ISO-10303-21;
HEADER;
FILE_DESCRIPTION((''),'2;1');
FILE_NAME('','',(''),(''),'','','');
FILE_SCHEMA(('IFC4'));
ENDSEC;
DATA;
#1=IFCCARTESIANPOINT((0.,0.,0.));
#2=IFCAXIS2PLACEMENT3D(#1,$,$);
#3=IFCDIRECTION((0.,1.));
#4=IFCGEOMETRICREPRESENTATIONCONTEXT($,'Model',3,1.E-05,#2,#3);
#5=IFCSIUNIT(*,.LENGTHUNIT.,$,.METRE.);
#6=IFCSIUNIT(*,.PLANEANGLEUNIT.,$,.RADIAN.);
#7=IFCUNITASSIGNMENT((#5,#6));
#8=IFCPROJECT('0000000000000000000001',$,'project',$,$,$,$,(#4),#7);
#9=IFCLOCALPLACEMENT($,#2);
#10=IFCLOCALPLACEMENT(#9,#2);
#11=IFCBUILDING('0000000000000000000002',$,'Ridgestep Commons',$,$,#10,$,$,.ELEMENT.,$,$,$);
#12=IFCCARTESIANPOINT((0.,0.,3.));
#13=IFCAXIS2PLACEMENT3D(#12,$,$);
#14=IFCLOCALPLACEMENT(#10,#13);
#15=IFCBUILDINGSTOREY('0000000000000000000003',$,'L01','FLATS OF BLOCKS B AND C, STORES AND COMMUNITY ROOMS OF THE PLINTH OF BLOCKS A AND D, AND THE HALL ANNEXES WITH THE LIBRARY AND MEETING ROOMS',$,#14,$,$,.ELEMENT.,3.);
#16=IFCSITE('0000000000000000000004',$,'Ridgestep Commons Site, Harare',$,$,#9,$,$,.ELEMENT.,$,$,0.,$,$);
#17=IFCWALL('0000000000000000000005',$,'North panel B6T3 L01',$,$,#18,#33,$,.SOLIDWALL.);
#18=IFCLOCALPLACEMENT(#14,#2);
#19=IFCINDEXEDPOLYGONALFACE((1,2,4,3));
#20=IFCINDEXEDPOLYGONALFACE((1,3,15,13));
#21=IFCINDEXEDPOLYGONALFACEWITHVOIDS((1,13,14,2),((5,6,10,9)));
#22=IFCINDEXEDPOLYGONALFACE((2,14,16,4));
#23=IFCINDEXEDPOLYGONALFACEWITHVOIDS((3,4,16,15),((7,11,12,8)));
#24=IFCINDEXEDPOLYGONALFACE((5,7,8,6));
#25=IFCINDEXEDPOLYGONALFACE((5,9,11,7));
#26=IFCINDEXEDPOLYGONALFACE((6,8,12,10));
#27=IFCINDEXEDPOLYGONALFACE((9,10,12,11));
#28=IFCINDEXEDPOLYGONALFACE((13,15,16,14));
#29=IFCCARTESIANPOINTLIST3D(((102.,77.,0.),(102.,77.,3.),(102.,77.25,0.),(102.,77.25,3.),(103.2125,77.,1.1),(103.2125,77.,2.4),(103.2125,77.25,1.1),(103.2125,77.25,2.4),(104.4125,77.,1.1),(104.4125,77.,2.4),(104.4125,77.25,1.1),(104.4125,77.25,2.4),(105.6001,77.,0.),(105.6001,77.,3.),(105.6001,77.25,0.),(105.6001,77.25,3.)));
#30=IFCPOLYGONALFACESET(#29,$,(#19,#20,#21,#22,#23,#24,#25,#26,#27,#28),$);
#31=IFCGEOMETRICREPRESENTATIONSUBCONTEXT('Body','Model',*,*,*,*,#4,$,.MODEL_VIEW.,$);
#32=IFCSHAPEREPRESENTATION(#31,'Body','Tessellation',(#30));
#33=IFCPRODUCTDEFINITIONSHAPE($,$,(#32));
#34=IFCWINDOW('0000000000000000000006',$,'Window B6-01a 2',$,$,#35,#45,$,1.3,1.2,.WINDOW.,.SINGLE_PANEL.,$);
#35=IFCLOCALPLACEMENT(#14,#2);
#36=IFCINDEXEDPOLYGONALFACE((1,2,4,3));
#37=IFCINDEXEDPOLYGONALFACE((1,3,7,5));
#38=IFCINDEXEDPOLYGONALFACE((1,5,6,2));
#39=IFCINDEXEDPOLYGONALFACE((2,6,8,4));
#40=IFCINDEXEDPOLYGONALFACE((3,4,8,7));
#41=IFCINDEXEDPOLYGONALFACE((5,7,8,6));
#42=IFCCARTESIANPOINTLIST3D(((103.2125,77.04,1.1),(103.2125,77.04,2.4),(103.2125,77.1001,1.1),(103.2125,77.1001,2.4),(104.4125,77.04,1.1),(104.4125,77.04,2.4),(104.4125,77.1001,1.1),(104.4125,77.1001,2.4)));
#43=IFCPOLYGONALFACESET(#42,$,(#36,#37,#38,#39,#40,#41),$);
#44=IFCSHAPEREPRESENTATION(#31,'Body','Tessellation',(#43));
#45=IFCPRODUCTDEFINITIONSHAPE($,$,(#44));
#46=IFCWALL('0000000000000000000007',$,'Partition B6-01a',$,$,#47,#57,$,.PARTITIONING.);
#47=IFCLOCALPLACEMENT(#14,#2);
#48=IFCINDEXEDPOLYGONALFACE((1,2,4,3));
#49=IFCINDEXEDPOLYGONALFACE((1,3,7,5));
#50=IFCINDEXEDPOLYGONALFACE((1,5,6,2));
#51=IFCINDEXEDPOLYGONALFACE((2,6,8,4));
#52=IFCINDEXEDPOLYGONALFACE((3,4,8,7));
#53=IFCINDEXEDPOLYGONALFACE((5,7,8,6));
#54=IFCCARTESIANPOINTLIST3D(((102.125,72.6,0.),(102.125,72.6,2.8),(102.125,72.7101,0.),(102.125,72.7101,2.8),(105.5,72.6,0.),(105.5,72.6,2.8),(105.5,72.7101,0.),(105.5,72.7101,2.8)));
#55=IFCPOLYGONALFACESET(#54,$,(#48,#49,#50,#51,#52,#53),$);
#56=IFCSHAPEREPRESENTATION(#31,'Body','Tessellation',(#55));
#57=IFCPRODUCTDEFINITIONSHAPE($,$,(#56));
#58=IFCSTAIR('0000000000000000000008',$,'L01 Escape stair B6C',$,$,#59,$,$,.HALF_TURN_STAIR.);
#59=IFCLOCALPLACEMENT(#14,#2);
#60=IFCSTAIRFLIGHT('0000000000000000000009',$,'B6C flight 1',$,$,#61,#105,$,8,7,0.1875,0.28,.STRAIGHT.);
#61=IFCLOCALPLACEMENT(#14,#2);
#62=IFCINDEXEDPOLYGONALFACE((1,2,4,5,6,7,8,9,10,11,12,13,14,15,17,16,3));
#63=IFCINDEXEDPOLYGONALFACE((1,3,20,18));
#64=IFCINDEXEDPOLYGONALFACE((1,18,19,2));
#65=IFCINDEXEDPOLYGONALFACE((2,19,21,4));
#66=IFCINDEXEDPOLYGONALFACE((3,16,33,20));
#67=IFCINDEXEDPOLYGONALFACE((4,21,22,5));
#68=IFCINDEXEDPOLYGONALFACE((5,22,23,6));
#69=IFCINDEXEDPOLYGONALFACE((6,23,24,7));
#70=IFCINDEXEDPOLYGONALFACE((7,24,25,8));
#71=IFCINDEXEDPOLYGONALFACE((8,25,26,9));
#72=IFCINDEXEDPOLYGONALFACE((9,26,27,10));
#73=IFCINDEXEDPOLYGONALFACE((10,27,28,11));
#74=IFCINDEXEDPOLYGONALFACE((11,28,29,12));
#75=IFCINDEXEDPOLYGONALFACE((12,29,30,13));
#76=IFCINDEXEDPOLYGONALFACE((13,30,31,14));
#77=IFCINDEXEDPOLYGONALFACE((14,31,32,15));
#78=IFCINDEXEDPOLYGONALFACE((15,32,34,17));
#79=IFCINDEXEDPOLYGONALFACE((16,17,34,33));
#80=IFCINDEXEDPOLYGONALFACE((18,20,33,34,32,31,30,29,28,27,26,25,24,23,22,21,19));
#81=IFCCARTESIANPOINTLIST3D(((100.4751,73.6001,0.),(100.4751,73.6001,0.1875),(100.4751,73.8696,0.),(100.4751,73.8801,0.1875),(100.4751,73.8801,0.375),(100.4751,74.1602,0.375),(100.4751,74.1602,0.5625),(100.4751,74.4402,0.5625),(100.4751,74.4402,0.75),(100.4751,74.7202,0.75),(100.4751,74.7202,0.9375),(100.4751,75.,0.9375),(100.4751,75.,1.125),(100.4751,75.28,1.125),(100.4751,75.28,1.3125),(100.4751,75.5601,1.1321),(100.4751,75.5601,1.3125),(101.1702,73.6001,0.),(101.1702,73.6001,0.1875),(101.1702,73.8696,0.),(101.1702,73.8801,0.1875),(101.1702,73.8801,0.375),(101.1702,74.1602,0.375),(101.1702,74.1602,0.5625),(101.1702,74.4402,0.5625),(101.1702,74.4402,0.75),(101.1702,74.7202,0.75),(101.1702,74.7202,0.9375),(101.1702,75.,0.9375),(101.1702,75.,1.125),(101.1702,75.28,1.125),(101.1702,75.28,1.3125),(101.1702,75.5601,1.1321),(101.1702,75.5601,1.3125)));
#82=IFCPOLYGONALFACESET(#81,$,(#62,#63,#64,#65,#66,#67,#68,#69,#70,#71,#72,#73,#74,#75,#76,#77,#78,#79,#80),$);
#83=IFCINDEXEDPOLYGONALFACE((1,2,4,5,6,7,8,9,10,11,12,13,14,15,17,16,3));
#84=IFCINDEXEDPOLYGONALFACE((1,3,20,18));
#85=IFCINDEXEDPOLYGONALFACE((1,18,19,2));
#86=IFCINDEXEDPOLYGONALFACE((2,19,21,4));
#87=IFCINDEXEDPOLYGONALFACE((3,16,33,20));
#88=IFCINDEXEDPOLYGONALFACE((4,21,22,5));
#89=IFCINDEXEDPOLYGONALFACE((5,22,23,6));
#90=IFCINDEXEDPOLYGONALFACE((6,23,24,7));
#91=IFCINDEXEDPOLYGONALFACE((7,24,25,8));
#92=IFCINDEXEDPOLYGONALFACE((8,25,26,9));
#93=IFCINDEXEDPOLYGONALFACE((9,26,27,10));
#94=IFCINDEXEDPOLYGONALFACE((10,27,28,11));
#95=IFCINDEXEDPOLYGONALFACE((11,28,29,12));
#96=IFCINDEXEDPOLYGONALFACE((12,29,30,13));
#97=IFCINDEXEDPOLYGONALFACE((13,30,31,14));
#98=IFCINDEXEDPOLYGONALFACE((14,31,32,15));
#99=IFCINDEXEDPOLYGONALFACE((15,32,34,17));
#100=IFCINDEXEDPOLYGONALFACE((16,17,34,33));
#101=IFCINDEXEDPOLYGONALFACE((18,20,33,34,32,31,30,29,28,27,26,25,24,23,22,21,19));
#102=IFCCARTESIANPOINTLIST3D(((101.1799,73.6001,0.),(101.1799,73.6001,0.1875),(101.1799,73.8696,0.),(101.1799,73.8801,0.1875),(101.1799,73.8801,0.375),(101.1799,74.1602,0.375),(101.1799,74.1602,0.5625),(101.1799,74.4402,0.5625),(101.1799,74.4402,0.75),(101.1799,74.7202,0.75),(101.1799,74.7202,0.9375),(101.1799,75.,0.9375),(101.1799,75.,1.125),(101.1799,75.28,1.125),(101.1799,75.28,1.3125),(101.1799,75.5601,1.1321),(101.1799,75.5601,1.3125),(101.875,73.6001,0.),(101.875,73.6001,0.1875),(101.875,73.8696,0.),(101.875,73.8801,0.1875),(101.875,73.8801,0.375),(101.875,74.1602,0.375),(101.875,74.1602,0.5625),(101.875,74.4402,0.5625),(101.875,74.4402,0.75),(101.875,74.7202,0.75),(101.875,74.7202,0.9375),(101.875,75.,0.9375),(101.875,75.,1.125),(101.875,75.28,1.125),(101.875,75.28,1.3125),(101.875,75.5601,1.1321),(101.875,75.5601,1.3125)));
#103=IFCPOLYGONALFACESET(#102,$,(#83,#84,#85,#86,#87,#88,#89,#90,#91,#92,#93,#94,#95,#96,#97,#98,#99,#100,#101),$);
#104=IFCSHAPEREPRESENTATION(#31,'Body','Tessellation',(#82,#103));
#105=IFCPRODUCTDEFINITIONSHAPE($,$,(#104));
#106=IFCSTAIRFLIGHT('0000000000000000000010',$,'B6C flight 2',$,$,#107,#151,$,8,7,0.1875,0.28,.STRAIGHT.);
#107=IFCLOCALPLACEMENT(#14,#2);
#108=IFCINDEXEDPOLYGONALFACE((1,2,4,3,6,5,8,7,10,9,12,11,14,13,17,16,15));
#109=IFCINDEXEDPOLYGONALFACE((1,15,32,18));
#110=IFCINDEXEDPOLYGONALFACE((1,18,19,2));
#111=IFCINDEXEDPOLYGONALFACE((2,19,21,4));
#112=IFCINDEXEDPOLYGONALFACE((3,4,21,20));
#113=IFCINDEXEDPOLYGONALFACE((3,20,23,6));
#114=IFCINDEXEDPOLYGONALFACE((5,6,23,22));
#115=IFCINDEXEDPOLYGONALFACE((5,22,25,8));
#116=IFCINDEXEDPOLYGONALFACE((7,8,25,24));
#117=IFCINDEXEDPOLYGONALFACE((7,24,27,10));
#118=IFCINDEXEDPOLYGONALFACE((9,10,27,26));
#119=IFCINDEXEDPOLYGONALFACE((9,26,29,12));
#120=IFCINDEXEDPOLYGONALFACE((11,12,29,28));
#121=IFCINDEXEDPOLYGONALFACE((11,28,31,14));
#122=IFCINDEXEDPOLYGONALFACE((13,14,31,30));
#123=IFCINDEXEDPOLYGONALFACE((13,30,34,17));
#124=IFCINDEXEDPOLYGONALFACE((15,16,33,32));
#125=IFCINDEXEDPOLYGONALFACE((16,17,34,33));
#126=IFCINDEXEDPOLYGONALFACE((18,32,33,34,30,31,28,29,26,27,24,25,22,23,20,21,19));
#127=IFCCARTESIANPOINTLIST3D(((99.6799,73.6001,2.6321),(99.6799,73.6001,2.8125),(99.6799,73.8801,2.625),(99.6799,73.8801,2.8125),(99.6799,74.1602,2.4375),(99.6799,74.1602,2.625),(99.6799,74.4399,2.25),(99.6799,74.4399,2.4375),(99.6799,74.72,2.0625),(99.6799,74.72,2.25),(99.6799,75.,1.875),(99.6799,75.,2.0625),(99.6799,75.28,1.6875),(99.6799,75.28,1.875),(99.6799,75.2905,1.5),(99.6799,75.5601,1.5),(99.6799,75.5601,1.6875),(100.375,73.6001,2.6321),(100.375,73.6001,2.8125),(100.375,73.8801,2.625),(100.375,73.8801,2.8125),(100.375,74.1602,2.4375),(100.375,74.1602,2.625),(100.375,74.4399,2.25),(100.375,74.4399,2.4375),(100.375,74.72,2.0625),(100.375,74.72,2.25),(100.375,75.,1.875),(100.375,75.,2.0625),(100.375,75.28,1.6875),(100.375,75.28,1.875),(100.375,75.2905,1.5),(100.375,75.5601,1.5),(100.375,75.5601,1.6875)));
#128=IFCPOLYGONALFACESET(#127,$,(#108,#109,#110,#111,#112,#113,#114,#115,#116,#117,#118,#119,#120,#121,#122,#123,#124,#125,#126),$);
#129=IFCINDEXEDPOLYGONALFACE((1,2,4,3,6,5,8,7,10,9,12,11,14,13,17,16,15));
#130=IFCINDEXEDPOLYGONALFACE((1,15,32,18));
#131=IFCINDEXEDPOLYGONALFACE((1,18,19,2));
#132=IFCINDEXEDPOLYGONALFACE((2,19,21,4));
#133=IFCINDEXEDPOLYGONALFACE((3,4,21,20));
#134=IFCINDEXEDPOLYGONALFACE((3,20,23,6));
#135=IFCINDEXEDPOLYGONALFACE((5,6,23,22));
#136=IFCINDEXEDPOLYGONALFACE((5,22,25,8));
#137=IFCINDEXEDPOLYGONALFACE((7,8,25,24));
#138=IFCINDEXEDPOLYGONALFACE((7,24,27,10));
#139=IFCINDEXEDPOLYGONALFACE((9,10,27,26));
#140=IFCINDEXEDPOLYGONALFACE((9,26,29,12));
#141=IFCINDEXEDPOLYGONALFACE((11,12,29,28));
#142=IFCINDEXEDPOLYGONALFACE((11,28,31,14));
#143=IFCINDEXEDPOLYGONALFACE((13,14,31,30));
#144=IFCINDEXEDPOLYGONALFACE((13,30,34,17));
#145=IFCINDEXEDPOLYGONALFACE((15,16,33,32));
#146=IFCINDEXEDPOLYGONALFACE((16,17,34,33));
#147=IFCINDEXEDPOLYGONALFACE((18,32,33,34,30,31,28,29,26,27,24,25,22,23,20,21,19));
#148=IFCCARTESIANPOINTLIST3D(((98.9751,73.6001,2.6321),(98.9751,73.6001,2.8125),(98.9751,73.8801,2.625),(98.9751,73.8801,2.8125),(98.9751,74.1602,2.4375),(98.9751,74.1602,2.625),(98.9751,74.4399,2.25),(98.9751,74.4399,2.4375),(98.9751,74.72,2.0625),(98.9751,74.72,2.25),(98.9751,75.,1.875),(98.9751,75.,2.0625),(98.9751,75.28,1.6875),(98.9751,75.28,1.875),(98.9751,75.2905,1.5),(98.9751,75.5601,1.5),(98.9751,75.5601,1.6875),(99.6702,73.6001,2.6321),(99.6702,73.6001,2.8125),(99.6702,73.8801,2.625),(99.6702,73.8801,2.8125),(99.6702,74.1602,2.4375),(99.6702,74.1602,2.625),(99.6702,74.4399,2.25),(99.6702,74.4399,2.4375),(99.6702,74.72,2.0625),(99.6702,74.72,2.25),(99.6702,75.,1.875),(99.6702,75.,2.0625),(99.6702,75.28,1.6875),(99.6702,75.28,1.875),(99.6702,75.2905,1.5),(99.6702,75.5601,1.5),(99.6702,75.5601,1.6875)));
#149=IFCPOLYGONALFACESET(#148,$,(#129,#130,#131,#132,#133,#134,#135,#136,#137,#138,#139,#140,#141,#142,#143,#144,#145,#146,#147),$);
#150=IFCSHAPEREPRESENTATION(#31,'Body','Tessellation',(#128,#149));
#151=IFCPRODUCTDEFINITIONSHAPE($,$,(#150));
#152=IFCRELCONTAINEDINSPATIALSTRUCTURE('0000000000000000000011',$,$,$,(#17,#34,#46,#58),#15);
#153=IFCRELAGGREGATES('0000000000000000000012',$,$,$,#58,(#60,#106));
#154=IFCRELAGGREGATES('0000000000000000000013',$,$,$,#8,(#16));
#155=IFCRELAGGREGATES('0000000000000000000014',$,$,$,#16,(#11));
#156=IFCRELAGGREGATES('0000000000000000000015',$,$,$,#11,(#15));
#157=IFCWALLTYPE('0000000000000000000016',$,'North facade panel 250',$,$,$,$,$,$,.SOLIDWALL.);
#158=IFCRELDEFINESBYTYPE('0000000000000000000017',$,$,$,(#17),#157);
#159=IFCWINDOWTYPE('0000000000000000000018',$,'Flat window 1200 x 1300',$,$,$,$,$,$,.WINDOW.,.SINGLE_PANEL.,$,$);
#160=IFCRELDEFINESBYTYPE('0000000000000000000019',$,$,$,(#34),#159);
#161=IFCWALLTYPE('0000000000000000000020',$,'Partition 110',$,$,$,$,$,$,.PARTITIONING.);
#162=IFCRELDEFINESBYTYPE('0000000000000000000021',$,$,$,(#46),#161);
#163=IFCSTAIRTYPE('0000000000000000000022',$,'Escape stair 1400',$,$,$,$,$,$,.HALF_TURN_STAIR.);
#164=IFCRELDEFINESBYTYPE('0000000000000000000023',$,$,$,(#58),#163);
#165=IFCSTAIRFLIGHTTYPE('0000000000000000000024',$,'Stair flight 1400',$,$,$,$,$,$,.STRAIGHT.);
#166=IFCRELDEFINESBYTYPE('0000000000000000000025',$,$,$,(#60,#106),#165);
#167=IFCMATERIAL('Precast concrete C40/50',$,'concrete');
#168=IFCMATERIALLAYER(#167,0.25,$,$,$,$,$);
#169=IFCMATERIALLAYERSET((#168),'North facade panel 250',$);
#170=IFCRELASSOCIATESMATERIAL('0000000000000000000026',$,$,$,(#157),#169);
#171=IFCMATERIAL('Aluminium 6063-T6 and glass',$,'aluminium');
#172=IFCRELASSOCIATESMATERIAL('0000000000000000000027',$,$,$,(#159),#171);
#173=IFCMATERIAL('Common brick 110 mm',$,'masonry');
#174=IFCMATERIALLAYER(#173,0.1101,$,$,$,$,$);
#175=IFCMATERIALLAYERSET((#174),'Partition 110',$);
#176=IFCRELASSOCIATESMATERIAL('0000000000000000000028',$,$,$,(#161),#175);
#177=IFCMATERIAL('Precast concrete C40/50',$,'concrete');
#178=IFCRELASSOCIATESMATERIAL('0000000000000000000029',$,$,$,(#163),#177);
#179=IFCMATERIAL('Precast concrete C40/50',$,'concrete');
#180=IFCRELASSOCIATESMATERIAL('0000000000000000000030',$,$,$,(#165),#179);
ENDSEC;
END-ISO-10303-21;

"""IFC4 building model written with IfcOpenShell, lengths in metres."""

from ifc_helpers import new_model, si_unit, direction, frame, frame_2d, origin, place, context, subcontext, project, spatial, polyline, rectangle, outline, extrude, material, layer, layer_set, type_object, element, fill, aggregate, save


model = new_model("IFC4")

# Units and contexts
model_context = context("Model", 3, precision=1e-05, world=origin(), true_north=direction((0.0, 1.0)))
body_context = subcontext(model_context, "Body", "Model", "MODEL_VIEW")
ifc_project = project(units=[si_unit("LENGTHUNIT", "METRE"), si_unit("PLANEANGLEUNIT", "RADIAN")], contexts=[model_context])

# Site, building, storey
site_placement = place(None, origin())
site = spatial("IfcSite", under=ifc_project, at=site_placement, Name="Ridgestep Commons Site, Harare", CompositionType="ELEMENT", RefElevation=0.0)
building_placement = place(site_placement, origin())
building = spatial("IfcBuilding", under=site, at=building_placement, Name="Ridgestep Commons", CompositionType="ELEMENT")
storey_placement = place(building_placement, frame((0.0, 0.0, 3.0)))
storey = spatial("IfcBuildingStorey", under=building, at=storey_placement, Name="L01", Description="FLATS OF BLOCKS B AND C, STORES AND COMMUNITY ROOMS OF THE PLINTH OF BLOCKS A AND D, AND THE HALL ANNEXES WITH THE LIBRARY AND MEETING ROOMS", CompositionType="ELEMENT", Elevation=3.0)

# Wall, opening, window
ifc_material_1 = material(Name="Precast concrete C40/50", Category="concrete")
ifc_layer_1 = layer(ifc_material_1, 0.25)
ifc_layer_set_1 = layer_set([ifc_layer_1], Name="North facade panel 250")
wall_type_1 = type_object("IfcWallType", Name="North facade panel 250", PredefinedType="SOLIDWALL", material=ifc_layer_set_1)
wall_1_placement = place(storey_placement, frame((102.0, 77.125, 0.0), z_axis=(0.0, 0.0, 1.0), x_axis=(1.0, 0.0, 0.0)))
wall_1 = element("IfcWall", 1, at=wall_1_placement, inside=storey, type_object=wall_type_1, Name="North panel B6T3 L01", PredefinedType="SOLIDWALL", context=body_context, shape_type="SweptSolid", body=[
    extrude(rectangle(XDim=3.6001, YDim=0.25, at=frame_2d((1.8, 0.0))), origin(), (0.0, 0.0, 1.0), 3.0),
])
opening_placement = place(wall_1_placement, frame((1.2124, 0.0, 1.1001)))
opening = element("IfcOpeningElement", 2, at=opening_placement, cuts=wall_1, PredefinedType="OPENING", context=body_context, shape_type="SweptSolid", body=[
    extrude(rectangle(XDim=1.2, YDim=1.3, at=frame_2d((0.6001, 0.6499))), frame((0.0, 0.135, 0.0), z_axis=(0.0, -1.0, 0.0), x_axis=(1.0, 0.0, 0.0)), (0.0, 0.0, 1.0), 0.27),
])
ifc_material_2 = material(Name="Aluminium 6063-T6 and glass", Category="aluminium")
window_type = type_object("IfcWindowType", Name="Flat window 1200 x 1300", PartitioningType="SINGLE_PANEL", PredefinedType="WINDOW", material=ifc_material_2)
window_placement = place(opening_placement, origin())
window = element("IfcWindow", 3, at=window_placement, inside=storey, type_object=window_type, Name="Window B6-01a 2", OverallHeight=1.3, OverallWidth=1.2, PartitioningType="SINGLE_PANEL", PredefinedType="WINDOW", context=body_context, shape_type="SweptSolid", body=[
    extrude(rectangle(XDim=1.2, YDim=1.3, at=frame_2d((0.6001, 0.6499))), frame((0.0, -0.0249, 0.0), z_axis=(0.0, -1.0, 0.0), x_axis=(1.0, 0.0, 0.0)), (0.0, 0.0, 1.0), 0.0601),
])
fill(opening, window)

# Wall
ifc_material_3 = material(Name="Common brick 110 mm", Category="masonry")
ifc_layer_2 = layer(ifc_material_3, 0.1101)
ifc_layer_set_2 = layer_set([ifc_layer_2], Name="Partition 110")
wall_type_2 = type_object("IfcWallType", Name="Partition 110", PredefinedType="PARTITIONING", material=ifc_layer_set_2)
wall_2_placement = place(storey_placement, frame((102.125, 72.655, 0.0), z_axis=(0.0, 0.0, 1.0), x_axis=(1.0, 0.0, 0.0)))
element("IfcWall", 4, at=wall_2_placement, inside=storey, type_object=wall_type_2, Name="Partition B6-01a", PredefinedType="PARTITIONING", context=body_context, shape_type="SweptSolid", body=[
    extrude(rectangle(XDim=3.375, YDim=0.1101, at=frame_2d((1.6875, 0.0))), origin(), (0.0, 0.0, 1.0), 2.8),
])

# Stair, stair flights
ifc_material_4 = material(Name="Precast concrete C40/50", Category="concrete")
stair_type = type_object("IfcStairType", Name="Escape stair 1400", PredefinedType="HALF_TURN_STAIR", material=ifc_material_4)
stair_placement = place(storey_placement, origin())
stair = element("IfcStair", 5, at=stair_placement, inside=storey, type_object=stair_type, Name="L01 Escape stair B6C", PredefinedType="HALF_TURN_STAIR")
ifc_material_5 = material(Name="Precast concrete C40/50", Category="concrete")
stair_flight_type = type_object("IfcStairFlightType", Name="Stair flight 1400", PredefinedType="STRAIGHT", material=ifc_material_5)
stair_flight_1_placement = place(storey_placement, frame((101.175, 73.6001, 0.0), z_axis=(0.0, 0.0, 1.0), x_axis=(0.0, 1.0, 0.0)))
stair_flight_1 = element("IfcStairFlight", 6, at=stair_flight_1_placement, type_object=stair_flight_type, Name="B6C flight 1", NumberOfRisers=8, NumberOfTreads=7, PredefinedType="STRAIGHT", RiserHeight=0.1875, TreadLength=0.28, context=body_context, shape_type="SweptSolid", body=[
    extrude(outline(polyline([(0.0, 0.0), (0.0, 0.1875), (0.28, 0.1875), (0.28, 0.375), (0.5601, 0.375), (0.5601, 0.5625), (0.8401, 0.5625), (0.8401, 0.75), (1.1201, 0.75), (1.1201, 0.9375), (1.3999, 0.9375), (1.3999, 1.125), (1.6799, 1.125), (1.6799, 1.3125), (1.96, 1.3125), (1.96, 1.5), (1.96, 1.1321), (0.2695, 0.0), (0.0, 0.0)])), frame((0.0, 0.7, 0.0), z_axis=(0.0, -1.0, 0.0), x_axis=(1.0, 0.0, 0.0)), (0.0, 0.0, 1.0), 0.6951),
    extrude(outline(polyline([(0.0, 0.0), (0.0, 0.1875), (0.28, 0.1875), (0.28, 0.375), (0.5601, 0.375), (0.5601, 0.5625), (0.8401, 0.5625), (0.8401, 0.75), (1.1201, 0.75), (1.1201, 0.9375), (1.3999, 0.9375), (1.3999, 1.125), (1.6799, 1.125), (1.6799, 1.3125), (1.96, 1.3125), (1.96, 1.5), (1.96, 1.1321), (0.2695, 0.0), (0.0, 0.0)])), frame((0.0, -0.0049, 0.0), z_axis=(0.0, -1.0, 0.0), x_axis=(1.0, 0.0, 0.0)), (0.0, 0.0, 1.0), 0.6951),
])
stair_flight_2_placement = place(storey_placement, frame((99.675, 75.5601, 1.5), z_axis=(0.0, 0.0, 1.0), x_axis=(0.0, -1.0, 0.0)))
stair_flight_2 = element("IfcStairFlight", 7, at=stair_flight_2_placement, type_object=stair_flight_type, Name="B6C flight 2", NumberOfRisers=8, NumberOfTreads=7, PredefinedType="STRAIGHT", RiserHeight=0.1875, TreadLength=0.28, context=body_context, shape_type="SweptSolid", body=[
    extrude(outline(polyline([(0.0, 0.0), (0.0, 0.1875), (0.28, 0.1875), (0.28, 0.375), (0.5601, 0.375), (0.5601, 0.5625), (0.8401, 0.5625), (0.8401, 0.75), (1.1201, 0.75), (1.1201, 0.9375), (1.3999, 0.9375), (1.3999, 1.125), (1.6799, 1.125), (1.6799, 1.3125), (1.96, 1.3125), (1.96, 1.5), (1.96, 1.1321), (0.2695, 0.0), (0.0, 0.0)])), frame((0.0, 0.7, 0.0), z_axis=(0.0, -1.0, 0.0), x_axis=(1.0, 0.0, 0.0)), (0.0, 0.0, 1.0), 0.6951),
    extrude(outline(polyline([(0.0, 0.0), (0.0, 0.1875), (0.28, 0.1875), (0.28, 0.375), (0.5601, 0.375), (0.5601, 0.5625), (0.8401, 0.5625), (0.8401, 0.75), (1.1201, 0.75), (1.1201, 0.9375), (1.3999, 0.9375), (1.3999, 1.125), (1.6799, 1.125), (1.6799, 1.3125), (1.96, 1.3125), (1.96, 1.5), (1.96, 1.1321), (0.2695, 0.0), (0.0, 0.0)])), frame((0.0, -0.0049, 0.0), z_axis=(0.0, -1.0, 0.0), x_axis=(1.0, 0.0, 0.0)), (0.0, 0.0, 1.0), 0.6951),
])
aggregate(stair, [stair_flight_1, stair_flight_2])

save(model, "model.ifc")
